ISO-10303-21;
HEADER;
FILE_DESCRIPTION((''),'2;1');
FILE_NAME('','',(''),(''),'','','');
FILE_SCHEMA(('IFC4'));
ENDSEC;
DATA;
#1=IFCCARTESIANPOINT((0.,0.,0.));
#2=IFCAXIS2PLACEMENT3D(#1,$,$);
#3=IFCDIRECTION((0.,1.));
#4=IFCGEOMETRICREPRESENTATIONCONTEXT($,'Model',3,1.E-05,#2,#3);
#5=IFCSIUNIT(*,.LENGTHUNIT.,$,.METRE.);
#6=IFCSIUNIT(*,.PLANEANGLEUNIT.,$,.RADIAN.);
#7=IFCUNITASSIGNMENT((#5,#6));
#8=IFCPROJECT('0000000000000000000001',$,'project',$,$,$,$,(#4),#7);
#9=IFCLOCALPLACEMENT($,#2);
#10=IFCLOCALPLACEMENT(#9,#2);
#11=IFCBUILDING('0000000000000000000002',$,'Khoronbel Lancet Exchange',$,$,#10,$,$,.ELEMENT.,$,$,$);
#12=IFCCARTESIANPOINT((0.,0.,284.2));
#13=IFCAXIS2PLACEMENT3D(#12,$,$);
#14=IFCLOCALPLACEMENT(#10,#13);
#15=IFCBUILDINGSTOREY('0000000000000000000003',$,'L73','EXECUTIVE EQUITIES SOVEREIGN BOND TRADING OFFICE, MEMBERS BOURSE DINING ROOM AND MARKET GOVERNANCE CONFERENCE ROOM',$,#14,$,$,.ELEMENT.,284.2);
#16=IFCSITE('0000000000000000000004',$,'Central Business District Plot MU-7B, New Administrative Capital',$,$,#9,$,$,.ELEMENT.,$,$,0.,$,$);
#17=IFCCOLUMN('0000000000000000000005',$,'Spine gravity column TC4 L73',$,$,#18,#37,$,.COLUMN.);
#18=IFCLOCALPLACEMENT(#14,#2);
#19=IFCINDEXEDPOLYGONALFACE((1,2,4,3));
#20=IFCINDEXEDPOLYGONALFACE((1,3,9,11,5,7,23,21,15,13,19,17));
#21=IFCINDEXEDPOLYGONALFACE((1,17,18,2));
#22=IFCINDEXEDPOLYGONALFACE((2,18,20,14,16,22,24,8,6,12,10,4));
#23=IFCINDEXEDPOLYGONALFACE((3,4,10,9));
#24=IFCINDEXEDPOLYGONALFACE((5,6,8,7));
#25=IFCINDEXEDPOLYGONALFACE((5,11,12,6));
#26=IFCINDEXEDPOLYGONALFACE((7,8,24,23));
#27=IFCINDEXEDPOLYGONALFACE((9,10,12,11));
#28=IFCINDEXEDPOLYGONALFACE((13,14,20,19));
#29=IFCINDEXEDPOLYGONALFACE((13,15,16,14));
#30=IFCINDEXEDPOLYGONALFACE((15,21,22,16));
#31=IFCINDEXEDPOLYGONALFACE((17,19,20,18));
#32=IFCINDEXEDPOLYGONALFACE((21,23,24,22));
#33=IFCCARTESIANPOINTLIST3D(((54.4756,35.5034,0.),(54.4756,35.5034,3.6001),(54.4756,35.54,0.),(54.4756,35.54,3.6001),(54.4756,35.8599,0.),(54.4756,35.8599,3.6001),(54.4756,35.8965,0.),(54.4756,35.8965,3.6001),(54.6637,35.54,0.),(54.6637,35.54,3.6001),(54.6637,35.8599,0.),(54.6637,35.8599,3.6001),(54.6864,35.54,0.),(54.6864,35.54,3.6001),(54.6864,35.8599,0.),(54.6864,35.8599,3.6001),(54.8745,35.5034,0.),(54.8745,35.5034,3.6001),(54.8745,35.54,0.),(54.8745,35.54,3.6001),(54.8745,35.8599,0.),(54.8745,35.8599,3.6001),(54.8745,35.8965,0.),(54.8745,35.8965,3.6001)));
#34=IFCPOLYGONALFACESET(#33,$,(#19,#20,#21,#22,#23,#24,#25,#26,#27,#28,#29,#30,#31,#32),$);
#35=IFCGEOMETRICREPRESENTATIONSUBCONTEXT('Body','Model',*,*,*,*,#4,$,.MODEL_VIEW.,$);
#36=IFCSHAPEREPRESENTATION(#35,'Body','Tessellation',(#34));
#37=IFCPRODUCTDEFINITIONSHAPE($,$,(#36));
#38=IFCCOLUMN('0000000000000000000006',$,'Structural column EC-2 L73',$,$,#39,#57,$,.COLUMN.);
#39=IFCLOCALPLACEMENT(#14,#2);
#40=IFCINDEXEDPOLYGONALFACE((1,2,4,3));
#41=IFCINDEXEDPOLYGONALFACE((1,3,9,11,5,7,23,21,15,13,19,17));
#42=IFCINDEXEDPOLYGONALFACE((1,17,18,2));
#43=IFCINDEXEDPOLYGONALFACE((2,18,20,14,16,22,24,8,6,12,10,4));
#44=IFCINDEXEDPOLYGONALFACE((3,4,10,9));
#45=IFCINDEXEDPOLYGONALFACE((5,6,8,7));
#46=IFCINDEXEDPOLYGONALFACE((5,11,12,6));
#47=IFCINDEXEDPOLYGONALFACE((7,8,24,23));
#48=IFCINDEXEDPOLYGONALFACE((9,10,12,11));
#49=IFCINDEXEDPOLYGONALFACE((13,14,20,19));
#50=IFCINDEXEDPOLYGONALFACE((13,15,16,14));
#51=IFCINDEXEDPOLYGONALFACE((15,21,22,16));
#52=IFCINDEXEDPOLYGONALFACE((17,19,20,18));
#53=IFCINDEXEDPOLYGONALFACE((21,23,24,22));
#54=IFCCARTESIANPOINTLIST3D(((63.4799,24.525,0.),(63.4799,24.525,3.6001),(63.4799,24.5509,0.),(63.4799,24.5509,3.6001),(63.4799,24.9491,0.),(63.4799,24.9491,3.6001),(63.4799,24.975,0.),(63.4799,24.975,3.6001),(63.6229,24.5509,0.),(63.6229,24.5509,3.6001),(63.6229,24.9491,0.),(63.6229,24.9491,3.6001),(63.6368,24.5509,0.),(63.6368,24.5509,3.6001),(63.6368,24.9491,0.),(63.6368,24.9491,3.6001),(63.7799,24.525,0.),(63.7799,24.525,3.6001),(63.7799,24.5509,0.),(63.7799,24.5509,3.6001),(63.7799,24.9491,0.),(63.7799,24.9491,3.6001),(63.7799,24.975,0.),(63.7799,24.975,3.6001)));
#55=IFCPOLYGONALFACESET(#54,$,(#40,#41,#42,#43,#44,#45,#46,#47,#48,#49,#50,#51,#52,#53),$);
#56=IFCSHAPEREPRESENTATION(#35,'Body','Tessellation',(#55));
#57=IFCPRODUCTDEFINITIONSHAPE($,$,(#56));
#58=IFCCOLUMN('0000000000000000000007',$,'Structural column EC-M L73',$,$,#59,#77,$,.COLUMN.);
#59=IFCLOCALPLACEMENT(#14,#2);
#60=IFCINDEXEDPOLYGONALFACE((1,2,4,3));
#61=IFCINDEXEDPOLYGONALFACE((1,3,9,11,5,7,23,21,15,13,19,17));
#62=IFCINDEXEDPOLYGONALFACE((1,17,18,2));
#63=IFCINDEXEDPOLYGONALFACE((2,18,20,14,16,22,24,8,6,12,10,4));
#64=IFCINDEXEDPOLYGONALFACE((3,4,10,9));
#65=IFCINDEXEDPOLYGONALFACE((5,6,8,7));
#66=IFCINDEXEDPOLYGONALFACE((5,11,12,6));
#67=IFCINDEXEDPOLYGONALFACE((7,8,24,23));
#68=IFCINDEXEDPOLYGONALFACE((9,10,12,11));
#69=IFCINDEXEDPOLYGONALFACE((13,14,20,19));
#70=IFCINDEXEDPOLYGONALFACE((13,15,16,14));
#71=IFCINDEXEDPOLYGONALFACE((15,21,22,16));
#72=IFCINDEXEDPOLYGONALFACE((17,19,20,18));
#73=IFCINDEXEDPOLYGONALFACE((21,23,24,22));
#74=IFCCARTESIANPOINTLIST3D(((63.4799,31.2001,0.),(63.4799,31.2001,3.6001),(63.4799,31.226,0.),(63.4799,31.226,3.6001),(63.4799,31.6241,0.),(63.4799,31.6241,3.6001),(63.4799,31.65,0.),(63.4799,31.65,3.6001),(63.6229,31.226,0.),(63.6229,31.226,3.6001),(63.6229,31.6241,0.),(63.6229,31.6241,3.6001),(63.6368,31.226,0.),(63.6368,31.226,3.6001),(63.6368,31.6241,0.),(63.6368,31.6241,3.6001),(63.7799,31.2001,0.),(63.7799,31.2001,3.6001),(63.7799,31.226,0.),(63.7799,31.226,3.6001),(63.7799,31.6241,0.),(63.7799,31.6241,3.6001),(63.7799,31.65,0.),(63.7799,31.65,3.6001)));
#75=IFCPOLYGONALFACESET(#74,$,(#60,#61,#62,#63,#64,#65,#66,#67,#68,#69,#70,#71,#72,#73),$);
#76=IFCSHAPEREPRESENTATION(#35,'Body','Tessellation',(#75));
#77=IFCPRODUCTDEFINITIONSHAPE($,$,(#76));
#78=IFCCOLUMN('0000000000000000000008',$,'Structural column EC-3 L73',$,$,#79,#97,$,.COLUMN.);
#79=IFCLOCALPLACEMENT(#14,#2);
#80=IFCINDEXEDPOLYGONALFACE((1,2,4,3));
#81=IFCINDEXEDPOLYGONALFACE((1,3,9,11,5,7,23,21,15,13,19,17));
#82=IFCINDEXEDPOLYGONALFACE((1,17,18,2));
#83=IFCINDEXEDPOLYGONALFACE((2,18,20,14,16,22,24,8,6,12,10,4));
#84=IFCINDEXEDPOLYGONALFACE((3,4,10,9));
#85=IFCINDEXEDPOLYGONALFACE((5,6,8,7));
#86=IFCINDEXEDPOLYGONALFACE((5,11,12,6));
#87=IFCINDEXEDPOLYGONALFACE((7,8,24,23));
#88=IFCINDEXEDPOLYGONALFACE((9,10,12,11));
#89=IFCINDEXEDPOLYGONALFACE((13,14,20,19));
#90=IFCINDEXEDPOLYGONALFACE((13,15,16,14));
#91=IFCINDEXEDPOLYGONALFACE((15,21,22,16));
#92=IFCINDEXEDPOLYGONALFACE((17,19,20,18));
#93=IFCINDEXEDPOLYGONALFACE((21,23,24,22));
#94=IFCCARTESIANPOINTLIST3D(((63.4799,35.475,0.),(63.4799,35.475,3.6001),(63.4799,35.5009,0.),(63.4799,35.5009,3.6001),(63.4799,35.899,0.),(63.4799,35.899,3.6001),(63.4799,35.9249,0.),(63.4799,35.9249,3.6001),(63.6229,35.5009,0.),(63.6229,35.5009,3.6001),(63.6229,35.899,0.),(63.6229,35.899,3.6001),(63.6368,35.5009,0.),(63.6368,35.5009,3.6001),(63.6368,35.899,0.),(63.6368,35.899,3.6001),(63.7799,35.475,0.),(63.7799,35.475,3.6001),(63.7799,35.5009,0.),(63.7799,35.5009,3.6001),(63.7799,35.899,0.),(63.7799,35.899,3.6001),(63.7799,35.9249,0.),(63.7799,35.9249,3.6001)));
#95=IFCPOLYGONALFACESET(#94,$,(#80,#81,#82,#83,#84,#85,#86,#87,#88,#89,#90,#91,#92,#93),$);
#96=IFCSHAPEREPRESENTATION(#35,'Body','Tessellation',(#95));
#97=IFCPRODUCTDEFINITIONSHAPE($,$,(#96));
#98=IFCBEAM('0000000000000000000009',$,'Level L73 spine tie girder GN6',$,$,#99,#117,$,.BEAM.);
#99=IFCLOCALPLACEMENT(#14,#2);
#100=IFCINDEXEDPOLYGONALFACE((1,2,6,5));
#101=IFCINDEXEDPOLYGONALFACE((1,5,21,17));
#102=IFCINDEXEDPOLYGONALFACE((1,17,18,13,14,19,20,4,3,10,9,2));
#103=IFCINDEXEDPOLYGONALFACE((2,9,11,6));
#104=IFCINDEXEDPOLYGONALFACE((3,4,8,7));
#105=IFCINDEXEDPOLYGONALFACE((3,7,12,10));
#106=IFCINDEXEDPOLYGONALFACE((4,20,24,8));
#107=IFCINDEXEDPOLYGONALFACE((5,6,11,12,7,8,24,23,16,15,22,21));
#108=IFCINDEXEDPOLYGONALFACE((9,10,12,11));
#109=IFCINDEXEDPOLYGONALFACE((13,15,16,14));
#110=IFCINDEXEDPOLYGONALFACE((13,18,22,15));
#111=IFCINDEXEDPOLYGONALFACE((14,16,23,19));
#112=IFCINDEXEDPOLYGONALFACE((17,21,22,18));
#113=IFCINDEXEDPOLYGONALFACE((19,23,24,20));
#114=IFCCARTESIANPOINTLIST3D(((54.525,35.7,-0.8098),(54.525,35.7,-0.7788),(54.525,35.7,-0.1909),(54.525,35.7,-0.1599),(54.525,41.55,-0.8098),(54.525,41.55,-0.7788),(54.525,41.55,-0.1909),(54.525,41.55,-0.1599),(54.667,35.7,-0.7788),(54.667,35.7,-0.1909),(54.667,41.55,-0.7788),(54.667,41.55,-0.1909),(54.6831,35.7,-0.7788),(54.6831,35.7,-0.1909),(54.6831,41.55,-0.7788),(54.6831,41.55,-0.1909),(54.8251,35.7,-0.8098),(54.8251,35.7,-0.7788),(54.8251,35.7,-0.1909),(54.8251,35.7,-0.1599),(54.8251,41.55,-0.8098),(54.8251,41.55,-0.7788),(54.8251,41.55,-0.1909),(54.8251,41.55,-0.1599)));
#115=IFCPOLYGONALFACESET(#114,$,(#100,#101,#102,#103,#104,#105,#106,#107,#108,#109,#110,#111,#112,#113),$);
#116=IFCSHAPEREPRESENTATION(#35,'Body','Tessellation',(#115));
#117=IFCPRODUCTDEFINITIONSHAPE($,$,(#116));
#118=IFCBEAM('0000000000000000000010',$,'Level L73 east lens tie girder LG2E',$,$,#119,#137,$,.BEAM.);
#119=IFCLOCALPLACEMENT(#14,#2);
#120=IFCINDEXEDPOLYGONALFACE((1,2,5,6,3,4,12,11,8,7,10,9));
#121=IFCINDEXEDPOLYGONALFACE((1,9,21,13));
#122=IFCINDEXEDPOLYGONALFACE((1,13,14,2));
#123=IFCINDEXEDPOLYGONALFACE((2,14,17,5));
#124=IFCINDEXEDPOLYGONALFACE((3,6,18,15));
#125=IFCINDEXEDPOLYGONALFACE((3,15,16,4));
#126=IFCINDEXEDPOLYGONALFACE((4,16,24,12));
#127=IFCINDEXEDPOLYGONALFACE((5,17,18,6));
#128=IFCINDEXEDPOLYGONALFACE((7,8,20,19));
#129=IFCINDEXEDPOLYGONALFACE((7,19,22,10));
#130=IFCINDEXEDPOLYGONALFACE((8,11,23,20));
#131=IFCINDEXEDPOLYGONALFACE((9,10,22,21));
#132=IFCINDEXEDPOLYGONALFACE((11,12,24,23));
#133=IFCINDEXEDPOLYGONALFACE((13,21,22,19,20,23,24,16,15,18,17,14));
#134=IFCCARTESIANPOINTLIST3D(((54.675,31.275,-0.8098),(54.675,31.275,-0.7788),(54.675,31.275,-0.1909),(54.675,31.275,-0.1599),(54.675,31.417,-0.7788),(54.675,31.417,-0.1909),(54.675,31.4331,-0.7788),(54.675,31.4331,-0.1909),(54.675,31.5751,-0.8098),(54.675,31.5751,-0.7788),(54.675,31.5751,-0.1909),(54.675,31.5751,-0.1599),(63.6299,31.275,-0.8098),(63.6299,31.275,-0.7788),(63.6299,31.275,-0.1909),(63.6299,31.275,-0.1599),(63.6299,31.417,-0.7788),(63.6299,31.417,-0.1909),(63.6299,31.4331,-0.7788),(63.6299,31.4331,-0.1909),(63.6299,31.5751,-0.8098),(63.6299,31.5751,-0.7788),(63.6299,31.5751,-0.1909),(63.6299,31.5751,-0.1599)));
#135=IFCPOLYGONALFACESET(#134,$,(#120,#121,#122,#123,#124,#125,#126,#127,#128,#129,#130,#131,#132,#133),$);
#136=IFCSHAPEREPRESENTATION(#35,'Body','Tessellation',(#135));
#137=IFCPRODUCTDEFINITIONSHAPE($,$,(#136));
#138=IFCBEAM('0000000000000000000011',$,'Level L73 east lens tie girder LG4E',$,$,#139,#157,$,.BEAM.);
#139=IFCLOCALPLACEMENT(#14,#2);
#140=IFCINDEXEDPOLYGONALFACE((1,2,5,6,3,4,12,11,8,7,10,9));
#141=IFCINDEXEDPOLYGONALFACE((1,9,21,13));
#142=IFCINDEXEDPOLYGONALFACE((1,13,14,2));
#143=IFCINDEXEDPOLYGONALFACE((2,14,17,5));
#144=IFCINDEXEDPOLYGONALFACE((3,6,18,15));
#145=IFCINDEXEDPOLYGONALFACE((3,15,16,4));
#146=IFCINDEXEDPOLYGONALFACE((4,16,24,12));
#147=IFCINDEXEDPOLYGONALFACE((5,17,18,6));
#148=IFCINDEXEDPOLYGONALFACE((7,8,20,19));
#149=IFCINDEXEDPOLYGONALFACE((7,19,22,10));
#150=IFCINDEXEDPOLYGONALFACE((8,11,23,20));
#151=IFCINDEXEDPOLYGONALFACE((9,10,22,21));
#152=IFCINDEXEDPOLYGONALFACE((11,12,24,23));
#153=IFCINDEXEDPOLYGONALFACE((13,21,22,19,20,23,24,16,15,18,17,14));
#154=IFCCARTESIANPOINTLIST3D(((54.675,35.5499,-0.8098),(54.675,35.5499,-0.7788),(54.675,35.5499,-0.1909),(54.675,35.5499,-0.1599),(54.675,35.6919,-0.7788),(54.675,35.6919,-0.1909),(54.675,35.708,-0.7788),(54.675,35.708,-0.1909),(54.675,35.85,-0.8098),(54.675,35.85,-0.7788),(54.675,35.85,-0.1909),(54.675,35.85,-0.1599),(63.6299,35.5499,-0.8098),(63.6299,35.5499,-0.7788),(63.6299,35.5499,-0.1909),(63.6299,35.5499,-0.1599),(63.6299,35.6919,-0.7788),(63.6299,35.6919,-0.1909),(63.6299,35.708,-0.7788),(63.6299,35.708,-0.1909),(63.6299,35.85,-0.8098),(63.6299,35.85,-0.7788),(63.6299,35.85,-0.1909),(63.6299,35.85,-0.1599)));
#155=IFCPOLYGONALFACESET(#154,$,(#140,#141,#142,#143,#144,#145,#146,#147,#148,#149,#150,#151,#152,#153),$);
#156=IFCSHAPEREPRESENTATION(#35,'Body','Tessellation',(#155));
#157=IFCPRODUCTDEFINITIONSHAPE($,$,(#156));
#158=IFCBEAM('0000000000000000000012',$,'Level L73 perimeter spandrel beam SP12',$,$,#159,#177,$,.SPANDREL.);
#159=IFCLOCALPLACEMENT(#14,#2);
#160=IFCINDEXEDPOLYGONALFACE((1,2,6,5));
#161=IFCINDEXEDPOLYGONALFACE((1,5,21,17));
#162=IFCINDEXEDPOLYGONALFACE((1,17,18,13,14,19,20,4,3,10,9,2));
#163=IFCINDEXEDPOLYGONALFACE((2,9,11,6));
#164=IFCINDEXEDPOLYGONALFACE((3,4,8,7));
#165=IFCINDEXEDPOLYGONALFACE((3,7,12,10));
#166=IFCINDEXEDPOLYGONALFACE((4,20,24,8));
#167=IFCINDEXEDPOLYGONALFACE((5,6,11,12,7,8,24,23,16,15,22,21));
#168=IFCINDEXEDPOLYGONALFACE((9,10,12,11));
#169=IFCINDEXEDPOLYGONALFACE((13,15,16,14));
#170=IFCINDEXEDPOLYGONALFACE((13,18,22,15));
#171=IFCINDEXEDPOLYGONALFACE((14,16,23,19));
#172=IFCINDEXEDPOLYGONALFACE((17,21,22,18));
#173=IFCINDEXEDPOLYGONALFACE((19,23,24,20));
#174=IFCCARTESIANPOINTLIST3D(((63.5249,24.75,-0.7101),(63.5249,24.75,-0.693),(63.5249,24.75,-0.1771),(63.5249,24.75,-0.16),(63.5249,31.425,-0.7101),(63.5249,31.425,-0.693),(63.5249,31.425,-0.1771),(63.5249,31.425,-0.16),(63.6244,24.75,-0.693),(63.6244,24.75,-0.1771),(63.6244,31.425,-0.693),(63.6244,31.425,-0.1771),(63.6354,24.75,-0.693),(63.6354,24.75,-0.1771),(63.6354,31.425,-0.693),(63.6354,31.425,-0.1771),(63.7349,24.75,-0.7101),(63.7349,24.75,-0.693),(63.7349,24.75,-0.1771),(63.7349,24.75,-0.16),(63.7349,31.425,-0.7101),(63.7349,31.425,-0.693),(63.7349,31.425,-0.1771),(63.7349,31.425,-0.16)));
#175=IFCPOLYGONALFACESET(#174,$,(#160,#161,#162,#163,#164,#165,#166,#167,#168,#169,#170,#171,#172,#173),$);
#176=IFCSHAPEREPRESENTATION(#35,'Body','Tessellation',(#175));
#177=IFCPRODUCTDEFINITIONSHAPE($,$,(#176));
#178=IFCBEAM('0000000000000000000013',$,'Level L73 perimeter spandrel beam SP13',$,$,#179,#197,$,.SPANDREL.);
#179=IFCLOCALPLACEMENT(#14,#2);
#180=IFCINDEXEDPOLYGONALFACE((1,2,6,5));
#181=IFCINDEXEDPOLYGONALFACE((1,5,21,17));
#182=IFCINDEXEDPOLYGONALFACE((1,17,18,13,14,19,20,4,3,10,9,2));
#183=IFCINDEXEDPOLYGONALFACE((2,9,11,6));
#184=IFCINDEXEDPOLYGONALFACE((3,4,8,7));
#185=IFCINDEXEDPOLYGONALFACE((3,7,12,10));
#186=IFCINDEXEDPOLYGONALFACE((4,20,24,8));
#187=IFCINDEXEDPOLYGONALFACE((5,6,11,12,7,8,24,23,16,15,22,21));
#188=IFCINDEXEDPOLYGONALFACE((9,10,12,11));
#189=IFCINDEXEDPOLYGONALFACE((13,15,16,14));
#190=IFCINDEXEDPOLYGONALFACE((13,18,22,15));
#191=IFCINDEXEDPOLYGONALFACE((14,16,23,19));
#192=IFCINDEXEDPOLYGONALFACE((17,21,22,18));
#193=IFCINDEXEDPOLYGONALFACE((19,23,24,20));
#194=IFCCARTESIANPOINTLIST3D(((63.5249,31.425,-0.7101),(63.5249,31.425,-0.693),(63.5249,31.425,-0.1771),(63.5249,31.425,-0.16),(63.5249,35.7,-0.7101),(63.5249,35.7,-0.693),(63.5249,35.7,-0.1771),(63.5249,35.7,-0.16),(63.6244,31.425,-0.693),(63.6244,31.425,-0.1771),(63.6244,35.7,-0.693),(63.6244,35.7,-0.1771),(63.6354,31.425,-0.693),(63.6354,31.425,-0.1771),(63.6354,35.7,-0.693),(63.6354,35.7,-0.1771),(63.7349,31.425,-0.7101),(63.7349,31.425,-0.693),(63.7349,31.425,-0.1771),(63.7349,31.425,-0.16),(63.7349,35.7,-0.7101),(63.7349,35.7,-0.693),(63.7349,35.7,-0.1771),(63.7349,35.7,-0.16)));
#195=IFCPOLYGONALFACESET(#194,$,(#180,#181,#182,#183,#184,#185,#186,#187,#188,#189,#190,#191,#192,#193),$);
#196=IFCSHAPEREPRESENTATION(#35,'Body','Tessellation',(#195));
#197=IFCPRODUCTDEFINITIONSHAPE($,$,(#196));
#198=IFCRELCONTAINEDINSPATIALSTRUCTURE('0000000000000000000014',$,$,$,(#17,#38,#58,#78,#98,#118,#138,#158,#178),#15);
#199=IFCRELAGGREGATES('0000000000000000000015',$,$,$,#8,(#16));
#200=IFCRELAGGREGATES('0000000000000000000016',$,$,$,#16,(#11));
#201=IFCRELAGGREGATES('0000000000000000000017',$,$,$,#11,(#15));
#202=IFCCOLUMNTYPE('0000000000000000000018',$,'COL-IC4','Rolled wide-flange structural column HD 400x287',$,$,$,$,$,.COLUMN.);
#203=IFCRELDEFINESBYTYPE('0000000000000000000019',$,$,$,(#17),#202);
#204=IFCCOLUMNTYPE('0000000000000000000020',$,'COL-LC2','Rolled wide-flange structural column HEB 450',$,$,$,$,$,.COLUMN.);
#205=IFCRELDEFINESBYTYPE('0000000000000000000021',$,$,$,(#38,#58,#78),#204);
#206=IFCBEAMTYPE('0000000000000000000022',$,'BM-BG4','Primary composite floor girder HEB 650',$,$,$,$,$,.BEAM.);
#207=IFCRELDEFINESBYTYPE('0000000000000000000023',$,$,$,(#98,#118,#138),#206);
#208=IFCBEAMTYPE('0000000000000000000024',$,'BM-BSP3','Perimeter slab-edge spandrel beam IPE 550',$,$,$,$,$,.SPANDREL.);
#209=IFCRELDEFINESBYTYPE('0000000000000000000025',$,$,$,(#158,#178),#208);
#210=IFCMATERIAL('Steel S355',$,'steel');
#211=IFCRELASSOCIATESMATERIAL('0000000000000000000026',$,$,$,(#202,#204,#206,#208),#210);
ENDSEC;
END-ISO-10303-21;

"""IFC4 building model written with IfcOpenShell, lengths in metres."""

from ifc_helpers import new_model, si_unit, direction, frame, origin, origin_2d, place, context, subcontext, project, spatial, i_section, extrude, material, material_profile, profile_set, type_object, element, save


model = new_model("IFC4")

# Units and contexts
model_context = context("Model", 3, precision=1e-05, world=origin(), true_north=direction((0.0, 1.0)))
body_context = subcontext(model_context, "Body", "Model", "MODEL_VIEW")
ifc_project = project(units=[si_unit("LENGTHUNIT", "METRE"), si_unit("PLANEANGLEUNIT", "RADIAN")], contexts=[model_context])

# Site, building, storey
site_placement = place(None, origin())
site = spatial("IfcSite", under=ifc_project, at=site_placement, Name="Central Business District Plot MU-7B, New Administrative Capital", CompositionType="ELEMENT", RefElevation=0.0)
building_placement = place(site_placement, origin())
building = spatial("IfcBuilding", under=site, at=building_placement, Name="Khoronbel Lancet Exchange", CompositionType="ELEMENT")
storey_placement = place(building_placement, frame((0.0, 0.0, 284.2)))
storey = spatial("IfcBuildingStorey", under=building, at=storey_placement, Name="L73", Description="EXECUTIVE EQUITIES SOVEREIGN BOND TRADING OFFICE, MEMBERS BOURSE DINING ROOM AND MARKET GOVERNANCE CONFERENCE ROOM", CompositionType="ELEMENT", Elevation=284.2)

# Columns
ifc_material_1 = material(Name="Steel S355", Category="steel")
ifc_material_profile_1 = material_profile(ifc_material_1, i_section(OverallWidth=0.3989, OverallDepth=0.3931, WebThickness=0.0227, FlangeThickness=0.0366, at=origin_2d()), Name="HD 400x287")
ifc_profile_set_1 = profile_set([ifc_material_profile_1], Name="Steel S355")
column_type_1 = type_object("IfcColumnType", Name="COL-IC4", Description="Rolled wide-flange structural column HD 400x287", PredefinedType="COLUMN", material=ifc_profile_set_1)
column_placement = place(storey_placement, frame((54.675, 35.7, 0.0), z_axis=(0.0, 0.0, 1.0), x_axis=(1.0, 0.0, 0.0)))
element("IfcColumn", 1, at=column_placement, inside=storey, type_object=column_type_1, Name="Spine gravity column TC4 L73", PredefinedType="COLUMN", context=body_context, shape_type="SweptSolid", body=[
    extrude(i_section(OverallWidth=0.3989, OverallDepth=0.3931, WebThickness=0.0227, FlangeThickness=0.0366, at=origin_2d()), origin(), (0.0, 0.0, 1.0), 3.6001),
])
ifc_material_profile_2 = material_profile(ifc_material_1, i_section(OverallWidth=0.3, OverallDepth=0.45, WebThickness=0.0139, FlangeThickness=0.0259, at=origin_2d()), Name="HEB 450")
ifc_profile_set_2 = profile_set([ifc_material_profile_2], Name="Steel S355")
column_type_2 = type_object("IfcColumnType", Name="COL-LC2", Description="Rolled wide-flange structural column HEB 450", PredefinedType="COLUMN", material=ifc_profile_set_2)
for number, where, z_axis, x_axis, name in (
    (2, (63.6299, 24.75, 0.0), (0.0, 0.0, 1.0), (1.0, 0.0, 0.0), "Structural column EC-2 L73"),
    (3, (63.6299, 31.425, 0.0), (0.0, 0.0, 1.0), (1.0, 0.0, 0.0), "Structural column EC-M L73"),
    (4, (63.6299, 35.7, 0.0), (0.0, 0.0, 1.0), (1.0, 0.0, 0.0), "Structural column EC-3 L73"),
):
    element("IfcColumn", number, at=place(storey_placement, frame(where, z_axis=z_axis, x_axis=x_axis)), inside=storey, type_object=column_type_2, Name=name, PredefinedType="COLUMN", context=body_context, shape_type="SweptSolid", body=[
        extrude(i_section(OverallWidth=0.3, OverallDepth=0.45, WebThickness=0.0139, FlangeThickness=0.0259, at=origin_2d()), origin(), (0.0, 0.0, 1.0), 3.6001),
    ])

# Beams
ifc_material_profile_3 = material_profile(ifc_material_1, i_section(OverallWidth=0.3, OverallDepth=0.6499, WebThickness=0.0161, FlangeThickness=0.031, at=origin_2d()), Name="HEB 650")
ifc_profile_set_3 = profile_set([ifc_material_profile_3], Name="Steel S355")
beam_type_1 = type_object("IfcBeamType", Name="BM-BG4", Description="Primary composite floor girder HEB 650", PredefinedType="BEAM", material=ifc_profile_set_3)
beam_1_placement = place(storey_placement, frame((54.675, 35.7, -0.4849), z_axis=(0.0, 1.0, 0.0), x_axis=(-1.0, 0.0, 0.0)))
element("IfcBeam", 5, at=beam_1_placement, inside=storey, type_object=beam_type_1, Name="Level L73 spine tie girder GN6", PredefinedType="BEAM", context=body_context, shape_type="SweptSolid", body=[
    extrude(i_section(OverallWidth=0.3, OverallDepth=0.6499, WebThickness=0.0161, FlangeThickness=0.031, at=origin_2d()), origin(), (0.0, 0.0, 1.0), 5.8501),
])
for number, where, z_axis, x_axis, name in (
    (6, (54.675, 31.425, -0.4849), (1.0, 0.0, 0.0), (0.0, 1.0, 0.0), "Level L73 east lens tie girder LG2E"),
    (7, (54.675, 35.7, -0.4849), (1.0, 0.0, 0.0), (0.0, 1.0, 0.0), "Level L73 east lens tie girder LG4E"),
):
    element("IfcBeam", number, at=place(storey_placement, frame(where, z_axis=z_axis, x_axis=x_axis)), inside=storey, type_object=beam_type_1, Name=name, PredefinedType="BEAM", context=body_context, shape_type="SweptSolid", body=[
        extrude(i_section(OverallWidth=0.3, OverallDepth=0.6499, WebThickness=0.0161, FlangeThickness=0.031, at=origin_2d()), origin(), (0.0, 0.0, 1.0), 8.9548),
    ])
ifc_material_profile_4 = material_profile(ifc_material_1, i_section(OverallWidth=0.21, OverallDepth=0.55, WebThickness=0.011, FlangeThickness=0.0171, at=origin_2d()), Name="IPE 550")
ifc_profile_set_4 = profile_set([ifc_material_profile_4], Name="Steel S355")
beam_type_2 = type_object("IfcBeamType", Name="BM-BSP3", Description="Perimeter slab-edge spandrel beam IPE 550", PredefinedType="SPANDREL", material=ifc_profile_set_4)
beam_2_placement = place(storey_placement, frame((63.6299, 24.75, -0.4351), z_axis=(0.0, 1.0, 0.0), x_axis=(-1.0, 0.0, 0.0)))
element("IfcBeam", 8, at=beam_2_placement, inside=storey, type_object=beam_type_2, Name="Level L73 perimeter spandrel beam SP12", PredefinedType="SPANDREL", context=body_context, shape_type="SweptSolid", body=[
    extrude(i_section(OverallWidth=0.21, OverallDepth=0.55, WebThickness=0.011, FlangeThickness=0.0171, at=origin_2d()), origin(), (0.0, 0.0, 1.0), 6.675),
])
beam_3_placement = place(storey_placement, frame((63.6299, 31.425, -0.4351), z_axis=(0.0, 1.0, 0.0), x_axis=(-1.0, 0.0, 0.0)))
element("IfcBeam", 9, at=beam_3_placement, inside=storey, type_object=beam_type_2, Name="Level L73 perimeter spandrel beam SP13", PredefinedType="SPANDREL", context=body_context, shape_type="SweptSolid", body=[
    extrude(i_section(OverallWidth=0.21, OverallDepth=0.55, WebThickness=0.011, FlangeThickness=0.0171, at=origin_2d()), origin(), (0.0, 0.0, 1.0), 4.2749),
])

save(model, "model.ifc")
